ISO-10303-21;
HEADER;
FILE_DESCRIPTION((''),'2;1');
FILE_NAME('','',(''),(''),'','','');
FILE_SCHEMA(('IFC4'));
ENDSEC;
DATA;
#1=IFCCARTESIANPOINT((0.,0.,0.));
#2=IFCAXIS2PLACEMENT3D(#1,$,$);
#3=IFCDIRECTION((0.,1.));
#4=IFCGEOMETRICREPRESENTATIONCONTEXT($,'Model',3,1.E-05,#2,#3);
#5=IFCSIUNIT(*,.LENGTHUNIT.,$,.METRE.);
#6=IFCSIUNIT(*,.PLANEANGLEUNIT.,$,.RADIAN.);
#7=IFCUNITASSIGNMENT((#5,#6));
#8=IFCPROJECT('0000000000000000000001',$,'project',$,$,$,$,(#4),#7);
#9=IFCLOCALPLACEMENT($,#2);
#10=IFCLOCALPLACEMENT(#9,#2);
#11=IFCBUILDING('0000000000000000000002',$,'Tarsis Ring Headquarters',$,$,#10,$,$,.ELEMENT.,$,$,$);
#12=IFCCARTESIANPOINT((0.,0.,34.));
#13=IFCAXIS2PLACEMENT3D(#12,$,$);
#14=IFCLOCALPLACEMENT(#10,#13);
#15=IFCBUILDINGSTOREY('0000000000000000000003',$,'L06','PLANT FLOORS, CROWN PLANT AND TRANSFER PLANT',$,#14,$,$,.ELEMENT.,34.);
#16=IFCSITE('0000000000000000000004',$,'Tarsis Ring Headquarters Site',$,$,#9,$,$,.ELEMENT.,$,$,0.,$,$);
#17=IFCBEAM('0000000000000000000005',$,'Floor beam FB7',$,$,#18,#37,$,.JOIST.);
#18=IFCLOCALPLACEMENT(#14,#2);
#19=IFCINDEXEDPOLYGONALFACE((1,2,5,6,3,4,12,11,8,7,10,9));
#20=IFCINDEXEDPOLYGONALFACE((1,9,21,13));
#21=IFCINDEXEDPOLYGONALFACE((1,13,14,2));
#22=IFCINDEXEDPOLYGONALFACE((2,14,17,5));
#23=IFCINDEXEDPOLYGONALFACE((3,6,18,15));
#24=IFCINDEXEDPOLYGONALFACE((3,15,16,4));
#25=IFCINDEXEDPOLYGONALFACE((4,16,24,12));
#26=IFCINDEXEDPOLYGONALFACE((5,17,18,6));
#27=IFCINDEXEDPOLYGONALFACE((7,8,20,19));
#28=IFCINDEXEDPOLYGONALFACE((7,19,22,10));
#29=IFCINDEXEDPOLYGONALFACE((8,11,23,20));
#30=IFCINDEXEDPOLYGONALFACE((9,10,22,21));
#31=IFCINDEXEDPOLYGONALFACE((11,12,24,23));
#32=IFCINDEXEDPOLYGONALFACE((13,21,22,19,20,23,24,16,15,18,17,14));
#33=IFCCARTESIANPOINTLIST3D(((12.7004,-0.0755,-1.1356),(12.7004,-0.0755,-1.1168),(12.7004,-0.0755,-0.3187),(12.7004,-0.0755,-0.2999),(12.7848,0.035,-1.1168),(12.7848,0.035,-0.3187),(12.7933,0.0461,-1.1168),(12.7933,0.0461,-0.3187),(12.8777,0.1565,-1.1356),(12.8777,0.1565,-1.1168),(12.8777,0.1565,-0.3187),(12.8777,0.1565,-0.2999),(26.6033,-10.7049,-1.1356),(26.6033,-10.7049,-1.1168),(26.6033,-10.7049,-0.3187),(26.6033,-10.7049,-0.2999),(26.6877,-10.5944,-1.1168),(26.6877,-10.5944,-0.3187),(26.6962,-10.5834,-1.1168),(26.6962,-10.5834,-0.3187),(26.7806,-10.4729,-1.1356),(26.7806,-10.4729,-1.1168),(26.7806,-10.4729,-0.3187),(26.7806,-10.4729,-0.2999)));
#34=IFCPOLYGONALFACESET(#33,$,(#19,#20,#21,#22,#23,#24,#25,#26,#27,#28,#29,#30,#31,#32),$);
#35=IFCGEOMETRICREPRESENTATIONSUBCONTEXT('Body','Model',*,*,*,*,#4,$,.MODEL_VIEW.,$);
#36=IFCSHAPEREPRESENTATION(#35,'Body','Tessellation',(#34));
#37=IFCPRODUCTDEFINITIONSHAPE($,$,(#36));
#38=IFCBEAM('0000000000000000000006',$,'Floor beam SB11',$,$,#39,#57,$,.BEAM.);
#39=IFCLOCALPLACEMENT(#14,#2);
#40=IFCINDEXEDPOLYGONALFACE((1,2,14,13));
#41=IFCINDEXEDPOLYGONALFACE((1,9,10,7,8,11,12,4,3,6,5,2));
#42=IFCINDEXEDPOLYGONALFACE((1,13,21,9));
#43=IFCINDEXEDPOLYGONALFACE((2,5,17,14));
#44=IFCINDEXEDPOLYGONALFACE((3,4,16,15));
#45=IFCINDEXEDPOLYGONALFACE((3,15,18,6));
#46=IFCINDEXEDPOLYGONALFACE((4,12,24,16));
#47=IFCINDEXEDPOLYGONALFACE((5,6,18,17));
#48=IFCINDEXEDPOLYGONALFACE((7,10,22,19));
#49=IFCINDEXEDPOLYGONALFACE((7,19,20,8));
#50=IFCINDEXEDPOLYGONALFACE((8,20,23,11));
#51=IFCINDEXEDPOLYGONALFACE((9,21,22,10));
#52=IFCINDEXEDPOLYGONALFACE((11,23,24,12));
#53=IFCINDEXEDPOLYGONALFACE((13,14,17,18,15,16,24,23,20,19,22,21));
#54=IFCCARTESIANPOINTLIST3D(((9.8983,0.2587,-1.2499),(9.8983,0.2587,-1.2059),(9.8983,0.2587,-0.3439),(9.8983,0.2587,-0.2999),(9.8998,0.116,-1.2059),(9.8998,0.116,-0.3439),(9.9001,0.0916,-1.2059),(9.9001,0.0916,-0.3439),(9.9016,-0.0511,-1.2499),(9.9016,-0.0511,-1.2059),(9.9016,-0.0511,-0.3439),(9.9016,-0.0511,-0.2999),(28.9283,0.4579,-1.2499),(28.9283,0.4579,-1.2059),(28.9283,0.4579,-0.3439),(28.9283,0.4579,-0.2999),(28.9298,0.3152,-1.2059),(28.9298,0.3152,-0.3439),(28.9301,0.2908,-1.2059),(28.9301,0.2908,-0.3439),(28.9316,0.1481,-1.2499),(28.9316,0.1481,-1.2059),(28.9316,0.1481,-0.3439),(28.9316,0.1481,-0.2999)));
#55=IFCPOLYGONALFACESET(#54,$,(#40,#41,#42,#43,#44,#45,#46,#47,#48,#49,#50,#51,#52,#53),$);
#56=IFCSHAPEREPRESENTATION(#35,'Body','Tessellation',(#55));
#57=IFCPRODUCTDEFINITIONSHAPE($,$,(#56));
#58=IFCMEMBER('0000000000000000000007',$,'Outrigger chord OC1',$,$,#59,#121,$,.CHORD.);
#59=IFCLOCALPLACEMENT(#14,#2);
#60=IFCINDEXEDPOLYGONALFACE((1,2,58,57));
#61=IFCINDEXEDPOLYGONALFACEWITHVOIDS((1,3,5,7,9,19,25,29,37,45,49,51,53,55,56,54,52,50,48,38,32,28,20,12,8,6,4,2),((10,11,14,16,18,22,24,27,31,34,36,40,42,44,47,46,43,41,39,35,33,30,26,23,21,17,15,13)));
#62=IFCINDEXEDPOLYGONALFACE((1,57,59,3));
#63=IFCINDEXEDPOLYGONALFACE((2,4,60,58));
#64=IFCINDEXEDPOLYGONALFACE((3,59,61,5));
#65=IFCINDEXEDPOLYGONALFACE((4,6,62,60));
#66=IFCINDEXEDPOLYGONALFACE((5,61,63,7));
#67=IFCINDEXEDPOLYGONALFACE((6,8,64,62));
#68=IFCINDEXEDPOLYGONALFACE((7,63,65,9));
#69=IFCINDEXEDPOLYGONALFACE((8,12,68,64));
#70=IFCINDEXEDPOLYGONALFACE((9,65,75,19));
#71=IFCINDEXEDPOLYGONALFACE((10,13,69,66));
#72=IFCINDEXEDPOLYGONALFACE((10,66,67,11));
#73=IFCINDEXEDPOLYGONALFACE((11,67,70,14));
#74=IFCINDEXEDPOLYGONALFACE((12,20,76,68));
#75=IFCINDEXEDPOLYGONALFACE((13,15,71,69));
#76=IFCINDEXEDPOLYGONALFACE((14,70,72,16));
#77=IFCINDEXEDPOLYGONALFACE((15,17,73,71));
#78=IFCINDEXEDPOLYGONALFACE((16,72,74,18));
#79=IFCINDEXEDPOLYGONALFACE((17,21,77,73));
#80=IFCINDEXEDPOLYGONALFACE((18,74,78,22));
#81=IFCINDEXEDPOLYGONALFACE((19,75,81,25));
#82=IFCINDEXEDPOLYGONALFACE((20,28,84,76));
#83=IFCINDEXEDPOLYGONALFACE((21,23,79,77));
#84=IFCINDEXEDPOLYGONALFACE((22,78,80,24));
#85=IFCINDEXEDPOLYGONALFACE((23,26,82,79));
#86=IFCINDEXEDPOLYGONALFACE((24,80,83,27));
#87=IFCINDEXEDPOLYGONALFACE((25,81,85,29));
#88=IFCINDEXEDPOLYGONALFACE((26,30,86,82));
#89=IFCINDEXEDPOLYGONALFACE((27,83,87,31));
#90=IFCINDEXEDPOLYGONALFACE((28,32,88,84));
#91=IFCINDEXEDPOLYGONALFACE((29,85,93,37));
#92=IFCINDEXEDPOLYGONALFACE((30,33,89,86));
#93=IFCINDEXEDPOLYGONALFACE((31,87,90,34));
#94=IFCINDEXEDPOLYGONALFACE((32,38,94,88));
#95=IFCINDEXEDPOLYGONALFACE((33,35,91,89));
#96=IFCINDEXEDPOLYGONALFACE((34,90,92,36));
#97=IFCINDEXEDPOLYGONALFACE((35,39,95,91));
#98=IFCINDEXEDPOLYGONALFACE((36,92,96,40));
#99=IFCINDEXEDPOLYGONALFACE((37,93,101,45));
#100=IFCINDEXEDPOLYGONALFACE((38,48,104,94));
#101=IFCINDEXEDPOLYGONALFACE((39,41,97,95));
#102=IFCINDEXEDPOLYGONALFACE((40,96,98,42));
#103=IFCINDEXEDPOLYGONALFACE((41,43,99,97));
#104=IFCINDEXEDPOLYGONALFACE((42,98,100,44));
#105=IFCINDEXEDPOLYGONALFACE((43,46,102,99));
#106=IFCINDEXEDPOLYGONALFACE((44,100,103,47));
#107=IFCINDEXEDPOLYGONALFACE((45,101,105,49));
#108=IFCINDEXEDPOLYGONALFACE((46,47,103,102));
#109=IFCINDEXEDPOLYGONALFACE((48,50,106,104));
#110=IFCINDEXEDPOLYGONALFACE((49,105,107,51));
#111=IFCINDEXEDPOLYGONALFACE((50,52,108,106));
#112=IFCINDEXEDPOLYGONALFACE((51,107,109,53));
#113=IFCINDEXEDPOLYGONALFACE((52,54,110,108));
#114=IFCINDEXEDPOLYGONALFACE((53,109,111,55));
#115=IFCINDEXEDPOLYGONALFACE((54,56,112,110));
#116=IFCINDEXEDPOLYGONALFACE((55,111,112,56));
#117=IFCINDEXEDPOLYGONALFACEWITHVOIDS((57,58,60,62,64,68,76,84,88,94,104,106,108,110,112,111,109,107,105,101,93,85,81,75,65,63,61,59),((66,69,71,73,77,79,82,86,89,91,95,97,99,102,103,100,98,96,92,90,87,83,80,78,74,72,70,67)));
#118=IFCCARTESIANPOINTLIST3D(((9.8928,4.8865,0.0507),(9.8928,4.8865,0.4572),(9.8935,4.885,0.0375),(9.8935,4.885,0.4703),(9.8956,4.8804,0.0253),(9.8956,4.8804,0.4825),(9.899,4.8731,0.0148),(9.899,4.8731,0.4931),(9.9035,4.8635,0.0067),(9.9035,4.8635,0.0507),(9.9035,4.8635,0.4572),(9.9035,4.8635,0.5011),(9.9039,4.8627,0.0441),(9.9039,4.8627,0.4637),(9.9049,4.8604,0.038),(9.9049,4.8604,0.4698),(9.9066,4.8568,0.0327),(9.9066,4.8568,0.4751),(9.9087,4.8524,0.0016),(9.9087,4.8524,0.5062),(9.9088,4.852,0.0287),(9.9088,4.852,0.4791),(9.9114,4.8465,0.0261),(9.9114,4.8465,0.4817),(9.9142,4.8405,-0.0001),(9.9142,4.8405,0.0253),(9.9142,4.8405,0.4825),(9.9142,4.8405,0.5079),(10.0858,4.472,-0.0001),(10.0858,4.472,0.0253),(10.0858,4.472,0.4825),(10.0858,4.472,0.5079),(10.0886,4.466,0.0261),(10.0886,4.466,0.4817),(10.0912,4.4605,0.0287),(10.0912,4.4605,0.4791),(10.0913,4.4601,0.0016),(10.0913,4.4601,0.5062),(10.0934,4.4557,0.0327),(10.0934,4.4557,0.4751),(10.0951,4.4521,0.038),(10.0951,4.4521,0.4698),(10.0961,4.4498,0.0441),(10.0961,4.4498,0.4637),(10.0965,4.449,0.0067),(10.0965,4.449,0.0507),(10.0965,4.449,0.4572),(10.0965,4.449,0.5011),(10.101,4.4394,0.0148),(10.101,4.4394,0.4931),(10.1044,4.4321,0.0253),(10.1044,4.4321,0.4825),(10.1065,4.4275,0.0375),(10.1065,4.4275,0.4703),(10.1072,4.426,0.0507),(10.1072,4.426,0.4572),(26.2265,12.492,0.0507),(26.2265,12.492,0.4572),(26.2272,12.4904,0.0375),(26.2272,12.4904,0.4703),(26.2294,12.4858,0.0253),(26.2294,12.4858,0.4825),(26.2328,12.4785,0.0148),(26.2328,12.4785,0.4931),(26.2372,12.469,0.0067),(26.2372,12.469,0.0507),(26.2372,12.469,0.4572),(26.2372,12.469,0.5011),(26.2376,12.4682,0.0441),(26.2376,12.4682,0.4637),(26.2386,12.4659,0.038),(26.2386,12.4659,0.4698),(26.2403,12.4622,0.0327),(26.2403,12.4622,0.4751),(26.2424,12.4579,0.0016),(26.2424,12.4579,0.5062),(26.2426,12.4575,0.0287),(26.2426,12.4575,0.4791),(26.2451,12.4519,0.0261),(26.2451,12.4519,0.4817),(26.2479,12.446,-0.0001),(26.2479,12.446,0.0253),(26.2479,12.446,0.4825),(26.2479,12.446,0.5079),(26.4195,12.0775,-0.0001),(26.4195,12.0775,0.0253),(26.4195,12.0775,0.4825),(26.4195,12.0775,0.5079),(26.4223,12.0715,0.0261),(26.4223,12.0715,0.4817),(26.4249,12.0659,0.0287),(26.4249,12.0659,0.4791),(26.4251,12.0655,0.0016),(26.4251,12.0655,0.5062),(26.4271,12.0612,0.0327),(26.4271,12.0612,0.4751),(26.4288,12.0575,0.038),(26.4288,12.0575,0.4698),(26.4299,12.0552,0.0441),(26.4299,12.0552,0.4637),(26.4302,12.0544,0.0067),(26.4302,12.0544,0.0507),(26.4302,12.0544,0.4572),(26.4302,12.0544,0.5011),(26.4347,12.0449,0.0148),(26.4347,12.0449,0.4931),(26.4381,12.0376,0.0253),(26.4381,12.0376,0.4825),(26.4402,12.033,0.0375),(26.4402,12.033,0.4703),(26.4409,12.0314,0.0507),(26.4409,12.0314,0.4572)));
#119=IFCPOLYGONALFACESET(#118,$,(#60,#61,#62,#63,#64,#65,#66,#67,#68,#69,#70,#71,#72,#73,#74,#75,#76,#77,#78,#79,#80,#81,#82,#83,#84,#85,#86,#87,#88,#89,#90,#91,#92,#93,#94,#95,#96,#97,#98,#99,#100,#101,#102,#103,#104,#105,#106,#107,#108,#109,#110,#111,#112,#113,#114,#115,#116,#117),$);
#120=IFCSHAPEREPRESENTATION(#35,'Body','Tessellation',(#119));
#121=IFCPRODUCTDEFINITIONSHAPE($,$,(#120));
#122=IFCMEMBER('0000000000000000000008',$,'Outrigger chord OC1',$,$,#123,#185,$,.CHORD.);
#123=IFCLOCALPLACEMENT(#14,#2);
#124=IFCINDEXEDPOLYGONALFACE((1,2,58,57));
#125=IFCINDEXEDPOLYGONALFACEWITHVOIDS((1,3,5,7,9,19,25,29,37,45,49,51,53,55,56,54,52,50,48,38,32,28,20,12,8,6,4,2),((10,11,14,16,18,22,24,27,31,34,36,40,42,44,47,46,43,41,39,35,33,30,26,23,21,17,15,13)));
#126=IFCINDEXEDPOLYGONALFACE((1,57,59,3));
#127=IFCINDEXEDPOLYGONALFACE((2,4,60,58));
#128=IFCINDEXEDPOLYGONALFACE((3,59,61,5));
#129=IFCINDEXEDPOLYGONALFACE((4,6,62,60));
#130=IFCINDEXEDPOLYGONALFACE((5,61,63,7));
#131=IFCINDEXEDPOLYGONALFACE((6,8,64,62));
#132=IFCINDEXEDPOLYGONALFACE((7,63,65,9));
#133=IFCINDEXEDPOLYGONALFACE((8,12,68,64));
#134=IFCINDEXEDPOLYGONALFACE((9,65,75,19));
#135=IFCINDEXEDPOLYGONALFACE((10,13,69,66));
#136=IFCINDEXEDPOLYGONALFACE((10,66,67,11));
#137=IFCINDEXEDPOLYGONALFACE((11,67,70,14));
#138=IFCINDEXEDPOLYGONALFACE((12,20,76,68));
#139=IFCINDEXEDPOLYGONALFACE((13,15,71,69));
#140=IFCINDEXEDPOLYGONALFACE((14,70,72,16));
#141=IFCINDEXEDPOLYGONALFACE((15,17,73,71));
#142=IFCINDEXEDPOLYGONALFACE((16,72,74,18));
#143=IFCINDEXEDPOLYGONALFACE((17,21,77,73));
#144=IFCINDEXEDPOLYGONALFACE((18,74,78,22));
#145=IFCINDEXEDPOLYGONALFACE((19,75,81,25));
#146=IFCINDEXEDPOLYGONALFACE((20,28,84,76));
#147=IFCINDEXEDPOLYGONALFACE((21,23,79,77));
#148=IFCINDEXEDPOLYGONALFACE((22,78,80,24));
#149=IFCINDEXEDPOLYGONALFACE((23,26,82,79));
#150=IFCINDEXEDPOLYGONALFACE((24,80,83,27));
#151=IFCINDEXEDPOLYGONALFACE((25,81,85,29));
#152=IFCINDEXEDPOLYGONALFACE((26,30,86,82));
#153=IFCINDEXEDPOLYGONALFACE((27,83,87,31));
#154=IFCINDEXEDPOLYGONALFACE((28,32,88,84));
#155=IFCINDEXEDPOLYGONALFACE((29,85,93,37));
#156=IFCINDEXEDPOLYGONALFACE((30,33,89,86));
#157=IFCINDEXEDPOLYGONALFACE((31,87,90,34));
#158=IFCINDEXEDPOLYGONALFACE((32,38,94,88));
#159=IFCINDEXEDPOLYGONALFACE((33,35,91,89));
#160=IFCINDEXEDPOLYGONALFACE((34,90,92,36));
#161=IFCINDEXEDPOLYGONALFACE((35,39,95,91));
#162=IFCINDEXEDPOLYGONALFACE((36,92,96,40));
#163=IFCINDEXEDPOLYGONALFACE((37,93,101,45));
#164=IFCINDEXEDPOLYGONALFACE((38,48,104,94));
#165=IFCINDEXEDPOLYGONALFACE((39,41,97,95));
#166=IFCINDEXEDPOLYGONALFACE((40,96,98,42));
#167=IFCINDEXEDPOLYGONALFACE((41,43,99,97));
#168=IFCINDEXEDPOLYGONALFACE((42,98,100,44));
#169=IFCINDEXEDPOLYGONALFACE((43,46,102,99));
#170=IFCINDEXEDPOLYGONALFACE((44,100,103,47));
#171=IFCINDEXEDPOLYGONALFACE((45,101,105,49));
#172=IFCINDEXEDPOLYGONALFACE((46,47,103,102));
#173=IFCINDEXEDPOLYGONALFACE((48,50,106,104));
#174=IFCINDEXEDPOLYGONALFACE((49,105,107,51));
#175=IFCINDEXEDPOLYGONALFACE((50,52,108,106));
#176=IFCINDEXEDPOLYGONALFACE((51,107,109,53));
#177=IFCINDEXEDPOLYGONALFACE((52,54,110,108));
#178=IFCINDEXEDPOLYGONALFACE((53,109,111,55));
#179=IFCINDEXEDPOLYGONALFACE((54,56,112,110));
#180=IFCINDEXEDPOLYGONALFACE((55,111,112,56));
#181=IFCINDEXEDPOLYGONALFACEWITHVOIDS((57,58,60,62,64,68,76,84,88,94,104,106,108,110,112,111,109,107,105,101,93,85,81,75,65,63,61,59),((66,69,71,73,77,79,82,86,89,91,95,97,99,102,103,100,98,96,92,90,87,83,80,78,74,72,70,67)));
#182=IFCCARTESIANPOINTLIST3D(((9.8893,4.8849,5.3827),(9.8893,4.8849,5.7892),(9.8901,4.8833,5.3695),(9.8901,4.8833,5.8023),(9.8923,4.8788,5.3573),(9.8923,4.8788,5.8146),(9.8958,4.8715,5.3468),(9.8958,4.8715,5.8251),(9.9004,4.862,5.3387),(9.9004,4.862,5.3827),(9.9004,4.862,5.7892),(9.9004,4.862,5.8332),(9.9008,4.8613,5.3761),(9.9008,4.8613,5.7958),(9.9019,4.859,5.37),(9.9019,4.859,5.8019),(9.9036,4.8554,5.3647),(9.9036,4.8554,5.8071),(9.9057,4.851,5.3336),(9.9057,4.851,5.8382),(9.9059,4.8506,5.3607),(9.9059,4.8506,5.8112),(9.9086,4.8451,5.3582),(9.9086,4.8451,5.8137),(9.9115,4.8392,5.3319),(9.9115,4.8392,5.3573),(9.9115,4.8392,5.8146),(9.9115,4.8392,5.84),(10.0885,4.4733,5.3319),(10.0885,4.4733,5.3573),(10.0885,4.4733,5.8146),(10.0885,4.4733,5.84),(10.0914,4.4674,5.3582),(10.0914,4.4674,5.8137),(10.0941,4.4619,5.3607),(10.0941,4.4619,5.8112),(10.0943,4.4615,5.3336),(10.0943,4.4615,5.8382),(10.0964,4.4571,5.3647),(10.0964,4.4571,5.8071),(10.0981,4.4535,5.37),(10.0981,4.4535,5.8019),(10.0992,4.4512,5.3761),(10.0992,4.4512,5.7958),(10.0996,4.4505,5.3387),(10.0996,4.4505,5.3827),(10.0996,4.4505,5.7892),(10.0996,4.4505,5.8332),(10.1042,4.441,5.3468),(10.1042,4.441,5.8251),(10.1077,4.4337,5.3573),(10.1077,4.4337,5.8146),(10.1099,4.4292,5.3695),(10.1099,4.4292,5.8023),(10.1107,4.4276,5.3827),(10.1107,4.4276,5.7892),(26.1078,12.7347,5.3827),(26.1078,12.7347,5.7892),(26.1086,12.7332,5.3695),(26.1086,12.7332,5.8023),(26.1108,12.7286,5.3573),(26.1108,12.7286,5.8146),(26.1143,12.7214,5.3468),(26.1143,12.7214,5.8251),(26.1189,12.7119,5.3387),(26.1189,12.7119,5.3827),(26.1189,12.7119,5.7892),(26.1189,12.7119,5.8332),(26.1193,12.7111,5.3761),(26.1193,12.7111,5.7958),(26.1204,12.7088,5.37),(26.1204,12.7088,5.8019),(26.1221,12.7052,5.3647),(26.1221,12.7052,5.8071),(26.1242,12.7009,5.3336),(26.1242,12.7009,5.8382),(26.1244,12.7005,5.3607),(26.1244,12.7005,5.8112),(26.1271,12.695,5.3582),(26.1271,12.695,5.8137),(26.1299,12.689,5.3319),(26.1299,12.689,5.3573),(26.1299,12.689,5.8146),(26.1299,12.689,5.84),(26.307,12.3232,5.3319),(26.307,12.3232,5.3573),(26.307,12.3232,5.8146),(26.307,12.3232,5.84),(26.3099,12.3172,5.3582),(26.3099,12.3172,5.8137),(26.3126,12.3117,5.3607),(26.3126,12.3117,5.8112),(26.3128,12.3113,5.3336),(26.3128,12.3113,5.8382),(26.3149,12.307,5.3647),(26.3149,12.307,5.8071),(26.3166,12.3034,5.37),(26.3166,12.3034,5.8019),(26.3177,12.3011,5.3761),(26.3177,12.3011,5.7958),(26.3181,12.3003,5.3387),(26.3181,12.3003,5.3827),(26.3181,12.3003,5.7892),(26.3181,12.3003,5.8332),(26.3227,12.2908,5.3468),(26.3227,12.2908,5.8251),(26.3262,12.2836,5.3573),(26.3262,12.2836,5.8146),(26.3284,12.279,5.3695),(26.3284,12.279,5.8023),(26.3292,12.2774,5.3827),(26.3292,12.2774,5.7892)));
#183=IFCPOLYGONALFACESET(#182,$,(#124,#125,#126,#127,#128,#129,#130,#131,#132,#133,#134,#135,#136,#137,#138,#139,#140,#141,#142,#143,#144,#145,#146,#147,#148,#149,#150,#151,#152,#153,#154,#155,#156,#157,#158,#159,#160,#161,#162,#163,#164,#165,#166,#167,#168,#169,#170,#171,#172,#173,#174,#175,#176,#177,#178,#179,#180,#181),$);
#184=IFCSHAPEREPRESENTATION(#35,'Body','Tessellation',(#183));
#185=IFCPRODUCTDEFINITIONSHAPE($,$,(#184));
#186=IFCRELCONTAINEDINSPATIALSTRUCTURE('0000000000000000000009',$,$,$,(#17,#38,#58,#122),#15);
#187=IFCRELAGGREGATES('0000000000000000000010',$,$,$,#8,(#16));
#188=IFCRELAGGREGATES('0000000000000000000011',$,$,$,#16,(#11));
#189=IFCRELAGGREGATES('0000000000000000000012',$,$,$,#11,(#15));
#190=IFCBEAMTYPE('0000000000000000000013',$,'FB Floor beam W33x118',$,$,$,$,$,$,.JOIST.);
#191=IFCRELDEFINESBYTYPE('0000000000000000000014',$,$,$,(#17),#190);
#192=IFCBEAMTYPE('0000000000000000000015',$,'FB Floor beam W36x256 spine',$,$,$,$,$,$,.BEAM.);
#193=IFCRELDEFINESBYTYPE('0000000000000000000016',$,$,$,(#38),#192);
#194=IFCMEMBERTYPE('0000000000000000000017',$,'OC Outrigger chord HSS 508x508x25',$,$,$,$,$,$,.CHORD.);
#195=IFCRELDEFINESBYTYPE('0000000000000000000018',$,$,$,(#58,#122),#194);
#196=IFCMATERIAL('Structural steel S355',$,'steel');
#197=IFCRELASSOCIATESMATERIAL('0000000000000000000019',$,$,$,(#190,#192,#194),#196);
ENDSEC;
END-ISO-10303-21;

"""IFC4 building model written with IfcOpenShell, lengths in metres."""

from ifc_helpers import new_model, si_unit, direction, frame, origin, origin_2d, place, context, subcontext, project, spatial, hollow_rectangle, i_section, extrude, material, material_profile, profile_set, type_object, element, save


model = new_model("IFC4")

# Units and contexts
model_context = context("Model", 3, precision=1e-05, world=origin(), true_north=direction((0.0, 1.0)))
body_context = subcontext(model_context, "Body", "Model", "MODEL_VIEW")
ifc_project = project(units=[si_unit("LENGTHUNIT", "METRE"), si_unit("PLANEANGLEUNIT", "RADIAN")], contexts=[model_context])

# Site, building, storey
site_placement = place(None, origin())
site = spatial("IfcSite", under=ifc_project, at=site_placement, Name="Tarsis Ring Headquarters Site", CompositionType="ELEMENT", RefElevation=0.0)
building_placement = place(site_placement, origin())
building = spatial("IfcBuilding", under=site, at=building_placement, Name="Tarsis Ring Headquarters", CompositionType="ELEMENT")
storey_placement = place(building_placement, frame((0.0, 0.0, 34.0)))
storey = spatial("IfcBuildingStorey", under=building, at=storey_placement, Name="L06", Description="PLANT FLOORS, CROWN PLANT AND TRANSFER PLANT", CompositionType="ELEMENT", Elevation=34.0)

# Beams
ifc_material_1 = material(Name="Structural steel S355", Category="steel")
ifc_material_profile_1 = material_profile(ifc_material_1, i_section(OverallWidth=0.292, OverallDepth=0.8357, WebThickness=0.0139, FlangeThickness=0.0188, at=origin_2d()), Name="W33x118")
ifc_profile_set_1 = profile_set([ifc_material_profile_1], Name="Structural steel S355")
beam_type_1 = type_object("IfcBeamType", Name="FB Floor beam W33x118", PredefinedType="JOIST", material=ifc_profile_set_1)
beam_1_placement = place(storey_placement, frame((12.7891, 0.0405, -0.7178), z_axis=(0.794418, -0.607371, 0.0), x_axis=(0.607371, 0.794418, 0.0)))
element("IfcBeam", 1, at=beam_1_placement, inside=storey, type_object=beam_type_1, Name="Floor beam FB7", PredefinedType="JOIST", context=body_context, shape_type="SweptSolid", body=[
    extrude(i_section(OverallWidth=0.292, OverallDepth=0.8357, WebThickness=0.0139, FlangeThickness=0.0188, at=origin_2d()), origin(), (0.0, 0.0, 1.0), 17.5007),
])
ifc_material_profile_2 = material_profile(ifc_material_1, i_section(OverallWidth=0.3098, OverallDepth=0.95, WebThickness=0.0244, FlangeThickness=0.0439, at=origin_2d()), Name="W36x256")
ifc_profile_set_2 = profile_set([ifc_material_profile_2], Name="Structural steel S355")
beam_type_2 = type_object("IfcBeamType", Name="FB Floor beam W36x256 spine", PredefinedType="BEAM", material=ifc_profile_set_2)
beam_2_placement = place(storey_placement, frame((28.9299, 0.303, -0.7749), z_axis=(-0.999945, -0.010468, 0.0), x_axis=(0.010468, -0.999945, 0.0)))
element("IfcBeam", 2, at=beam_2_placement, inside=storey, type_object=beam_type_2, Name="Floor beam SB11", PredefinedType="BEAM", context=body_context, shape_type="SweptSolid", body=[
    extrude(i_section(OverallWidth=0.3098, OverallDepth=0.95, WebThickness=0.0244, FlangeThickness=0.0439, at=origin_2d()), origin(), (0.0, 0.0, 1.0), 19.031),
])

# Members
ifc_material_profile_3 = material_profile(ifc_material_1, hollow_rectangle(XDim=0.5081, YDim=0.5081, WallThickness=0.0254, InnerFilletRadius=0.0254, OuterFilletRadius=0.0508, at=origin_2d()), Name="HSS 508x508x25")
ifc_profile_set_3 = profile_set([ifc_material_profile_3], Name="Structural steel S355")
member_type_1 = type_object("IfcMemberType", Name="OC Outrigger chord HSS 508x508x25", PredefinedType="CHORD", material=ifc_profile_set_3)
member_1_placement = place(storey_placement, frame((10.0, 4.6562, 0.2539), z_axis=(0.906543, 0.422113, 0.0), x_axis=(-0.422113, 0.906543, 0.0)))
element("IfcMember", 3, at=member_1_placement, inside=storey, type_object=member_type_1, Name="Outrigger chord OC1", PredefinedType="CHORD", context=body_context, shape_type="SweptSolid", body=[
    extrude(hollow_rectangle(XDim=0.5081, YDim=0.5081, WallThickness=0.0254, InnerFilletRadius=0.0254, OuterFilletRadius=0.0508, at=origin_2d()), origin(), (0.0, 0.0, 1.0), 18.0176),
])
member_2_placement = place(storey_placement, frame((10.0, 4.6562, 5.5859), z_axis=(0.900112, 0.435659, 0.0), x_axis=(-0.435659, 0.900112, 0.0)))
element("IfcMember", 4, at=member_2_placement, inside=storey, type_object=member_type_1, Name="Outrigger chord OC1", PredefinedType="CHORD", context=body_context, shape_type="SweptSolid", body=[
    extrude(hollow_rectangle(XDim=0.5081, YDim=0.5081, WallThickness=0.0254, InnerFilletRadius=0.0254, OuterFilletRadius=0.0508, at=origin_2d()), origin(), (0.0, 0.0, 1.0), 18.0183),
])

save(model, "model.ifc")
